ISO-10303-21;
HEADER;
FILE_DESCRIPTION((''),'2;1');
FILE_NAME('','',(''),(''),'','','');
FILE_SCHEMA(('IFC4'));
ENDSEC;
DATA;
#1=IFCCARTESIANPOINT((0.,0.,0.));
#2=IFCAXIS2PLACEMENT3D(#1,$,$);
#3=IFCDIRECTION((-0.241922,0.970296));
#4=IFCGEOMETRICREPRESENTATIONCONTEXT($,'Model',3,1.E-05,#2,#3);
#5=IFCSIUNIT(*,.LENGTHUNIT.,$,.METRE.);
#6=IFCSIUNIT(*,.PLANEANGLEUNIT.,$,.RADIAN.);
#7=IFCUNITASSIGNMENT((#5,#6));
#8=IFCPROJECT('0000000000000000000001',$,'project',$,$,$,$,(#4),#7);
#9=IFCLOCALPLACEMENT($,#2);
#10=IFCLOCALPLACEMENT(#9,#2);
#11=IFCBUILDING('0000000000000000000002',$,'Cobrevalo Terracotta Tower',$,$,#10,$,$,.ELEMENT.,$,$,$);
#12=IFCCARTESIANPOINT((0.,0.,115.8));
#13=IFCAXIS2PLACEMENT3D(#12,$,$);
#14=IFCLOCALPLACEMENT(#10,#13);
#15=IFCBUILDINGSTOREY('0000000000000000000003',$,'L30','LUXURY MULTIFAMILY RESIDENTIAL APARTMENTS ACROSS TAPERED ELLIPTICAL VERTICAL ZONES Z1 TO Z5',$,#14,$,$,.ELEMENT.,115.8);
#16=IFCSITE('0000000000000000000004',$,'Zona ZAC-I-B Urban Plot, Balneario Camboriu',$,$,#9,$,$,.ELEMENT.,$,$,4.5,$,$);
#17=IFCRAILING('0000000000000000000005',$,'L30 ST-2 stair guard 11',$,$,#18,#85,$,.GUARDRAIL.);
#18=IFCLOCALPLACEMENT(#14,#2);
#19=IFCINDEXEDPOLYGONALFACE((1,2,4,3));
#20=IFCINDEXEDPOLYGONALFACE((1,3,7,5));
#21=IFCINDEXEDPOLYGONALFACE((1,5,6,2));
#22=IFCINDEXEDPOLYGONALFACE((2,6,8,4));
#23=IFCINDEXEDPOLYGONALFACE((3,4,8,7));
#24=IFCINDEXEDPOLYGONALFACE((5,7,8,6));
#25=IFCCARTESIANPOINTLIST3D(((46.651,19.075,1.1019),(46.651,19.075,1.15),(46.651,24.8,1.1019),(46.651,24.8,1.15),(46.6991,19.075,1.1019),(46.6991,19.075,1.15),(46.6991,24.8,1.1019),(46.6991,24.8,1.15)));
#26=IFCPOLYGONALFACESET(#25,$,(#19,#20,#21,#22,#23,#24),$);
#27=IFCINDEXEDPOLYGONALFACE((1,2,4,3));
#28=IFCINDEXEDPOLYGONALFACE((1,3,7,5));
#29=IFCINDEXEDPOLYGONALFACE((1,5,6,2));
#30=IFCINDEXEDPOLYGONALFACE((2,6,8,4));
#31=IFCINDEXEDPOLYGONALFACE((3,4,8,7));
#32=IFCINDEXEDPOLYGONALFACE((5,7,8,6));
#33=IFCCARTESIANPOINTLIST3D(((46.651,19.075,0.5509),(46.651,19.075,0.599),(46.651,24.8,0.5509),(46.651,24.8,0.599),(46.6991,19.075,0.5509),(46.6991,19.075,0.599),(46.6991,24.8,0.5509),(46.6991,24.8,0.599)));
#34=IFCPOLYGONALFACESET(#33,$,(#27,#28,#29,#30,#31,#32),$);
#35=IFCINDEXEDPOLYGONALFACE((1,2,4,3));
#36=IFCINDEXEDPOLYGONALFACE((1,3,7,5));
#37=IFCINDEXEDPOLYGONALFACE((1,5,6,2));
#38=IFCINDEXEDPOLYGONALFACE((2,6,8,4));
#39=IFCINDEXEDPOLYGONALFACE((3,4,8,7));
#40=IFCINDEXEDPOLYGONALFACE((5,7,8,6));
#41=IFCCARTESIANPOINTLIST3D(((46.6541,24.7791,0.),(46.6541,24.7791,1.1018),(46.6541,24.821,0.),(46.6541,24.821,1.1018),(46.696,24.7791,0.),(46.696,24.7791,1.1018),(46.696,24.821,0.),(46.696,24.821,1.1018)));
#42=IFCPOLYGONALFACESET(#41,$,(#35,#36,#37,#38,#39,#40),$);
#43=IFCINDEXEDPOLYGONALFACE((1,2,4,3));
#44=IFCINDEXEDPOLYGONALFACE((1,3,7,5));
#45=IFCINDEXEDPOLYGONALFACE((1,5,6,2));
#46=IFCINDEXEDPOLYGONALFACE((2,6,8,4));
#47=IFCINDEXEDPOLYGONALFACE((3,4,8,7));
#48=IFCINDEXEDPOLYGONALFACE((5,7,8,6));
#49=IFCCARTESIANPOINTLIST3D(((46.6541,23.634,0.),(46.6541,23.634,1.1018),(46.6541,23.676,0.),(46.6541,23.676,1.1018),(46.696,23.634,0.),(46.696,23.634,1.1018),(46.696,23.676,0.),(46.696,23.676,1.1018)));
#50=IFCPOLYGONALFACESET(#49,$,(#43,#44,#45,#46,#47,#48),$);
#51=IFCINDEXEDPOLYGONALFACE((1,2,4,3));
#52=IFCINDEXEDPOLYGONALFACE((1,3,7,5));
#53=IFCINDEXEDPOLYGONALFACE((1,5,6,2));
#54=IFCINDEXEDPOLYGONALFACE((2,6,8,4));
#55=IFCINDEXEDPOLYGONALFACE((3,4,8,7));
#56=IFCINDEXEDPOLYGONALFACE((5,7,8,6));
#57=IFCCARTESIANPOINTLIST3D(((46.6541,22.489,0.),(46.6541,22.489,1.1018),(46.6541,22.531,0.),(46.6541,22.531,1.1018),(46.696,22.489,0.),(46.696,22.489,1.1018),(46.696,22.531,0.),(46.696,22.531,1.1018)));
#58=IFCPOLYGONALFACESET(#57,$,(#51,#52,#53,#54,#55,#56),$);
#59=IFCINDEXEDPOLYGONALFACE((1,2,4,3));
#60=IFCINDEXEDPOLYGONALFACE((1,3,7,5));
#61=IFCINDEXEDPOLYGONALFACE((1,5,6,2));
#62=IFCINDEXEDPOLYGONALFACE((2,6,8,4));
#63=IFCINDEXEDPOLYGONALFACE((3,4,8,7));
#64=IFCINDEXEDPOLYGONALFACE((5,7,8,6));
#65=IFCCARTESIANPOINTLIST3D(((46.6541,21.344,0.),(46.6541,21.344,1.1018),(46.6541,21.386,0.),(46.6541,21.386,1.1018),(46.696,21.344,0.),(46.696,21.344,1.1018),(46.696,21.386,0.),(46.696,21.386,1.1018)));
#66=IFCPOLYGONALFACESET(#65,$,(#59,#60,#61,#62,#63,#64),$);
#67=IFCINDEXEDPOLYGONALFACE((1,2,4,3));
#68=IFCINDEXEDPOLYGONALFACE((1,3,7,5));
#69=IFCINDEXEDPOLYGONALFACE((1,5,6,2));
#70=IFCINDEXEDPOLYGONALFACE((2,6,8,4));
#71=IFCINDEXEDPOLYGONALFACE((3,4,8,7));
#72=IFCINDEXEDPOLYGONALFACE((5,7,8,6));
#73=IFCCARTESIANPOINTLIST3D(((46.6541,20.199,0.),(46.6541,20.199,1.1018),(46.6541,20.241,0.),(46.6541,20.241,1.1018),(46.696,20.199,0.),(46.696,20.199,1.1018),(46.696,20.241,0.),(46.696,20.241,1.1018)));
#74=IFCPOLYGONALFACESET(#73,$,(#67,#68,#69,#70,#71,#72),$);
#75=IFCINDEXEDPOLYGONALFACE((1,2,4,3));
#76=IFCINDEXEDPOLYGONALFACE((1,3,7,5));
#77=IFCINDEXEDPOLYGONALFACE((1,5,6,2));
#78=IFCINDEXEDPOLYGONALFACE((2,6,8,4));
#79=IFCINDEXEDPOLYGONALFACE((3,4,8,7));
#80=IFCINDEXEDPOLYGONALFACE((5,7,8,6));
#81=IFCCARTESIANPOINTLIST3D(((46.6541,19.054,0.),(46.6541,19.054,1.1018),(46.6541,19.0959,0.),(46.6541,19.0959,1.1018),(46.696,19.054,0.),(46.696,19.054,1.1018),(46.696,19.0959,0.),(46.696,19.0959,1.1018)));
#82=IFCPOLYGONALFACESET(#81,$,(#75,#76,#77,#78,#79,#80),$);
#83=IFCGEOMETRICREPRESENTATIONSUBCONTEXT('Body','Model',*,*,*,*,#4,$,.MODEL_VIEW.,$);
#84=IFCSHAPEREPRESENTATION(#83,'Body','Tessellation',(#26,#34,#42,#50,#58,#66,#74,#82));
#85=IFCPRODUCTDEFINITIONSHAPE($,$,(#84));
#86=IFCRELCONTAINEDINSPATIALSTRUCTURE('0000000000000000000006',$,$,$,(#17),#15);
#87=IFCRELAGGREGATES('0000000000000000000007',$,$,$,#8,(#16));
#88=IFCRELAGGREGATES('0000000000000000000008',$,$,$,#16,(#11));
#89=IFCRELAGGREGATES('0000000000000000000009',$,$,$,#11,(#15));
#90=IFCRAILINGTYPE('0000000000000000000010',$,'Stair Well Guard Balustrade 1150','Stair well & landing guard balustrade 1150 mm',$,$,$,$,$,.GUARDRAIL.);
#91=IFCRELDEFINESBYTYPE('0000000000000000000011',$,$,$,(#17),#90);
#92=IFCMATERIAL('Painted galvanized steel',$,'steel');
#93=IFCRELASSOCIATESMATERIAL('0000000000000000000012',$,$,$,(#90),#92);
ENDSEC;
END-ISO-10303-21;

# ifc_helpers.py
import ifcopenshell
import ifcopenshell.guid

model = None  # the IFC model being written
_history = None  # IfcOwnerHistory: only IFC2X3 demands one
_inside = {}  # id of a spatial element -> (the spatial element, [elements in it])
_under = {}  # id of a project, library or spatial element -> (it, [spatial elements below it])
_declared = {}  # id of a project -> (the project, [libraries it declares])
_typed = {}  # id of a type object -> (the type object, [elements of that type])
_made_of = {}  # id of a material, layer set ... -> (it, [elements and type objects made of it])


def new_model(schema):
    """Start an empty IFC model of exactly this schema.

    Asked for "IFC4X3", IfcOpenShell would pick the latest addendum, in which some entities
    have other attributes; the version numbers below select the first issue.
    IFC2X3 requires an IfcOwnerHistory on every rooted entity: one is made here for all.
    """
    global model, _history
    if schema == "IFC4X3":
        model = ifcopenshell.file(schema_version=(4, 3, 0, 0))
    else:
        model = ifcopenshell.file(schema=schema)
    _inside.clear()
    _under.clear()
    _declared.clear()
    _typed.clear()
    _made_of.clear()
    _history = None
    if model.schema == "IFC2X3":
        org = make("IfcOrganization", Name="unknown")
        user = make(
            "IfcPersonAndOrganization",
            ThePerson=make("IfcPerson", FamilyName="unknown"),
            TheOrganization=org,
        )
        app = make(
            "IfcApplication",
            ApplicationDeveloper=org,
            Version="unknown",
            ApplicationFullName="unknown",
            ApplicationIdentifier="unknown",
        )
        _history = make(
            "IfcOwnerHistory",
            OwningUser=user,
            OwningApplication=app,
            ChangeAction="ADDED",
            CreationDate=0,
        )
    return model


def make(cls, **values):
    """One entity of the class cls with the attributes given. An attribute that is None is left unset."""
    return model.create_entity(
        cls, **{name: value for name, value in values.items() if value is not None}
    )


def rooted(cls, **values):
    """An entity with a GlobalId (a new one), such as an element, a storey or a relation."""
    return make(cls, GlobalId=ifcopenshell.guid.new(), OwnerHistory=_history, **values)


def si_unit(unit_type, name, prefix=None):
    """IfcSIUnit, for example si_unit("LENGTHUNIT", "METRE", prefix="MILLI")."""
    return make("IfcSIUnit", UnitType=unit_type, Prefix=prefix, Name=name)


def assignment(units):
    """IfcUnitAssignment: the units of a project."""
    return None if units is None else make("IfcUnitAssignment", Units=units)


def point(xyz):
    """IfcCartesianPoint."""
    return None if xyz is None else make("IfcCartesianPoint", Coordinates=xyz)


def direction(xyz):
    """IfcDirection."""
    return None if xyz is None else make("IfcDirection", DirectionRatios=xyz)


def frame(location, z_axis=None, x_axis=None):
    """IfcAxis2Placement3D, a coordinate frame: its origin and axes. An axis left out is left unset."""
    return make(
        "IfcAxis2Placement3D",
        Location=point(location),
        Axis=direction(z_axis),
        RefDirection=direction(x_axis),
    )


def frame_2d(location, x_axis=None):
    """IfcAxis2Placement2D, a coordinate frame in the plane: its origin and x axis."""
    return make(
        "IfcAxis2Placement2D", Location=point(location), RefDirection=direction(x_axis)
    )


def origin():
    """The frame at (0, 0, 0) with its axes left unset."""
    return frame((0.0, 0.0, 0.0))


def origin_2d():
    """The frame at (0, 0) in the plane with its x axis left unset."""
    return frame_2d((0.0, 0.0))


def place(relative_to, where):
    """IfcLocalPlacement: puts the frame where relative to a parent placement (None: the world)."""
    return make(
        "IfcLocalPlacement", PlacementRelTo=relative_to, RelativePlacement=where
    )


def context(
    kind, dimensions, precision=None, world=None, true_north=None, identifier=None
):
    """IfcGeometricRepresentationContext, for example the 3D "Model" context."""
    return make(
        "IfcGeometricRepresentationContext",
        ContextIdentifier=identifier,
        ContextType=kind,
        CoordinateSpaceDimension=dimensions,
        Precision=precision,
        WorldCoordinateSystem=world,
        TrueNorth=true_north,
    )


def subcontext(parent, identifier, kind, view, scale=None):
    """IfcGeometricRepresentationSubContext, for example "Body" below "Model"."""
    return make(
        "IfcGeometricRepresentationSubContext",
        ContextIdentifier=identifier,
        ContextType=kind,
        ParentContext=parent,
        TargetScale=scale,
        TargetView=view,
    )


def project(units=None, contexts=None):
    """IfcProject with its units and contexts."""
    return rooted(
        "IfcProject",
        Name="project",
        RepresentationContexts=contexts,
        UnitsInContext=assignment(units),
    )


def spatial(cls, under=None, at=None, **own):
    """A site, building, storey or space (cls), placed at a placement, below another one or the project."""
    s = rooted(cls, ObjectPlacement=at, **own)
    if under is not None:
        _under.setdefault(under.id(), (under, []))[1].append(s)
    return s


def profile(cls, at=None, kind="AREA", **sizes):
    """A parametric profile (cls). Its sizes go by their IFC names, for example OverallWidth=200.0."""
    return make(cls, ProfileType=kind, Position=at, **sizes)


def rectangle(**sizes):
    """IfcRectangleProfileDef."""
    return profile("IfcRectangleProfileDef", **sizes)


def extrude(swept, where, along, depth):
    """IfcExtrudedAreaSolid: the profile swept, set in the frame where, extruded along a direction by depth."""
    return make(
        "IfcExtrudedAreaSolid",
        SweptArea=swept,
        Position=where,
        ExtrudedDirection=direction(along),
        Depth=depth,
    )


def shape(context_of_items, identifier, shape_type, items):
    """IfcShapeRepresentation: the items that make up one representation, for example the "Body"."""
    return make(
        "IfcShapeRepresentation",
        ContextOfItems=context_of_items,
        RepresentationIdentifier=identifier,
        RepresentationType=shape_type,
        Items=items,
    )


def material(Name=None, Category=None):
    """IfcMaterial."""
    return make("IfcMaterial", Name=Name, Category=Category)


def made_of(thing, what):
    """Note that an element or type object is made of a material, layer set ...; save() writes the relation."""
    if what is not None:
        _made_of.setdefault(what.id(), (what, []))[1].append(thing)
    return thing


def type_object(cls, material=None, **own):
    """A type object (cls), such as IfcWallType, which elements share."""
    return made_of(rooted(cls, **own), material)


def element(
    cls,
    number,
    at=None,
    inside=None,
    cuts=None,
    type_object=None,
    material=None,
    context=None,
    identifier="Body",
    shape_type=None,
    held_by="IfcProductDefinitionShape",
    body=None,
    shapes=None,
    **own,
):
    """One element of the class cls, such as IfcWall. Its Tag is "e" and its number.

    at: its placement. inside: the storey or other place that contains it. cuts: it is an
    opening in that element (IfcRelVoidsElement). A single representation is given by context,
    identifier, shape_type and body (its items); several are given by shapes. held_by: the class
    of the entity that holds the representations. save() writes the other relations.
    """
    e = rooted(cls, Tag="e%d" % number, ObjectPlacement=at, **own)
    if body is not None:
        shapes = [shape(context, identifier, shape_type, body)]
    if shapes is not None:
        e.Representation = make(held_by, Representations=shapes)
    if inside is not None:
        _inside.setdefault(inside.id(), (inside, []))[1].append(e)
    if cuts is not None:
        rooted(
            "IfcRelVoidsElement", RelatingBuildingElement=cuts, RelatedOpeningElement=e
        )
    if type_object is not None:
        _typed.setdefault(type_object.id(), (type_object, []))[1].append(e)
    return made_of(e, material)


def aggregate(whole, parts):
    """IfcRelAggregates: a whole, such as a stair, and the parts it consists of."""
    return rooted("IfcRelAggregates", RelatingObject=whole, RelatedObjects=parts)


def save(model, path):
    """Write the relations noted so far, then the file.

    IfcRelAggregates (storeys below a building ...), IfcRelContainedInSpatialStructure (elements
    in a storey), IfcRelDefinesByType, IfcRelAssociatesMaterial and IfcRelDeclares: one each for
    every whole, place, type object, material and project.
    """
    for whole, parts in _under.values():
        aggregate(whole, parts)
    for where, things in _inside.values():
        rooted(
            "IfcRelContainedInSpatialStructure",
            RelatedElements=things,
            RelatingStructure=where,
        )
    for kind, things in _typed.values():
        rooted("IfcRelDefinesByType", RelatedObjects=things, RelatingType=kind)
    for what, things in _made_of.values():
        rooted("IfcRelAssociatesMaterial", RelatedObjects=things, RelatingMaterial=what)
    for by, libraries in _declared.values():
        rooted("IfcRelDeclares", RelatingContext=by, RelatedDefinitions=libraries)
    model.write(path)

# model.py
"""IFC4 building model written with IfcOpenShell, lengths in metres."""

from ifc_helpers import new_model, si_unit, direction, frame, origin, origin_2d, place, context, subcontext, project, spatial, rectangle, extrude, material, type_object, element, save


model = new_model("IFC4")

# Units and contexts
model_context = context("Model", 3, precision=1e-05, world=origin(), true_north=direction((-0.241922, 0.970296)))
body_context = subcontext(model_context, "Body", "Model", "MODEL_VIEW")
ifc_project = project(units=[si_unit("LENGTHUNIT", "METRE"), si_unit("PLANEANGLEUNIT", "RADIAN")], contexts=[model_context])

# Site, building, storey
site_placement = place(None, origin())
site = spatial("IfcSite", under=ifc_project, at=site_placement, Name="Zona ZAC-I-B Urban Plot, Balneario Camboriu", CompositionType="ELEMENT", RefElevation=4.5)
building_placement = place(site_placement, origin())
building = spatial("IfcBuilding", under=site, at=building_placement, Name="Cobrevalo Terracotta Tower", CompositionType="ELEMENT")
storey_placement = place(building_placement, frame((0.0, 0.0, 115.8)))
storey = spatial("IfcBuildingStorey", under=building, at=storey_placement, Name="L30", Description="LUXURY MULTIFAMILY RESIDENTIAL APARTMENTS ACROSS TAPERED ELLIPTICAL VERTICAL ZONES Z1 TO Z5", CompositionType="ELEMENT", Elevation=115.8)

# Railing
ifc_material_1 = material(Name="Painted galvanized steel", Category="steel")
railing_type = type_object("IfcRailingType", Name="Stair Well Guard Balustrade 1150", Description="Stair well & landing guard balustrade 1150 mm", PredefinedType="GUARDRAIL", material=ifc_material_1)
for number, where, name in (
    (1, (46.675, 24.8, 0.0), "L30 ST-2 stair guard 11"),
):
    element("IfcRailing", number, at=place(storey_placement, frame(where)), inside=storey, type_object=railing_type, Name=name, PredefinedType="GUARDRAIL", context=body_context, shape_type="SweptSolid", body=[
        extrude(rectangle(XDim=0.0481, YDim=0.0481, at=origin_2d()), frame((0.0, 0.0, 1.126), z_axis=(0.0, -1.0, 0.0), x_axis=(1.0, 0.0, 0.0)), (0.0, 0.0, 1.0), 5.7251),
        extrude(rectangle(XDim=0.0481, YDim=0.0481, at=origin_2d()), frame((0.0, 0.0, 0.575), z_axis=(0.0, -1.0, 0.0), x_axis=(1.0, 0.0, 0.0)), (0.0, 0.0, 1.0), 5.7251),
        extrude(rectangle(XDim=0.042, YDim=0.042, at=origin_2d()), origin(), (0.0, 0.0, 1.0), 1.1018),
        extrude(rectangle(XDim=0.042, YDim=0.042, at=origin_2d()), frame((0.0, -1.145, 0.0)), (0.0, 0.0, 1.0), 1.1018),
        extrude(rectangle(XDim=0.042, YDim=0.042, at=origin_2d()), frame((0.0, -2.29, 0.0)), (0.0, 0.0, 1.0), 1.1018),
        extrude(rectangle(XDim=0.042, YDim=0.042, at=origin_2d()), frame((0.0, -3.4351, 0.0)), (0.0, 0.0, 1.0), 1.1018),
        extrude(rectangle(XDim=0.042, YDim=0.042, at=origin_2d()), frame((0.0, -4.5801, 0.0)), (0.0, 0.0, 1.0), 1.1018),
        extrude(rectangle(XDim=0.042, YDim=0.042, at=origin_2d()), frame((0.0, -5.7251, 0.0)), (0.0, 0.0, 1.0), 1.1018),
    ])

save(model, "model.ifc")
